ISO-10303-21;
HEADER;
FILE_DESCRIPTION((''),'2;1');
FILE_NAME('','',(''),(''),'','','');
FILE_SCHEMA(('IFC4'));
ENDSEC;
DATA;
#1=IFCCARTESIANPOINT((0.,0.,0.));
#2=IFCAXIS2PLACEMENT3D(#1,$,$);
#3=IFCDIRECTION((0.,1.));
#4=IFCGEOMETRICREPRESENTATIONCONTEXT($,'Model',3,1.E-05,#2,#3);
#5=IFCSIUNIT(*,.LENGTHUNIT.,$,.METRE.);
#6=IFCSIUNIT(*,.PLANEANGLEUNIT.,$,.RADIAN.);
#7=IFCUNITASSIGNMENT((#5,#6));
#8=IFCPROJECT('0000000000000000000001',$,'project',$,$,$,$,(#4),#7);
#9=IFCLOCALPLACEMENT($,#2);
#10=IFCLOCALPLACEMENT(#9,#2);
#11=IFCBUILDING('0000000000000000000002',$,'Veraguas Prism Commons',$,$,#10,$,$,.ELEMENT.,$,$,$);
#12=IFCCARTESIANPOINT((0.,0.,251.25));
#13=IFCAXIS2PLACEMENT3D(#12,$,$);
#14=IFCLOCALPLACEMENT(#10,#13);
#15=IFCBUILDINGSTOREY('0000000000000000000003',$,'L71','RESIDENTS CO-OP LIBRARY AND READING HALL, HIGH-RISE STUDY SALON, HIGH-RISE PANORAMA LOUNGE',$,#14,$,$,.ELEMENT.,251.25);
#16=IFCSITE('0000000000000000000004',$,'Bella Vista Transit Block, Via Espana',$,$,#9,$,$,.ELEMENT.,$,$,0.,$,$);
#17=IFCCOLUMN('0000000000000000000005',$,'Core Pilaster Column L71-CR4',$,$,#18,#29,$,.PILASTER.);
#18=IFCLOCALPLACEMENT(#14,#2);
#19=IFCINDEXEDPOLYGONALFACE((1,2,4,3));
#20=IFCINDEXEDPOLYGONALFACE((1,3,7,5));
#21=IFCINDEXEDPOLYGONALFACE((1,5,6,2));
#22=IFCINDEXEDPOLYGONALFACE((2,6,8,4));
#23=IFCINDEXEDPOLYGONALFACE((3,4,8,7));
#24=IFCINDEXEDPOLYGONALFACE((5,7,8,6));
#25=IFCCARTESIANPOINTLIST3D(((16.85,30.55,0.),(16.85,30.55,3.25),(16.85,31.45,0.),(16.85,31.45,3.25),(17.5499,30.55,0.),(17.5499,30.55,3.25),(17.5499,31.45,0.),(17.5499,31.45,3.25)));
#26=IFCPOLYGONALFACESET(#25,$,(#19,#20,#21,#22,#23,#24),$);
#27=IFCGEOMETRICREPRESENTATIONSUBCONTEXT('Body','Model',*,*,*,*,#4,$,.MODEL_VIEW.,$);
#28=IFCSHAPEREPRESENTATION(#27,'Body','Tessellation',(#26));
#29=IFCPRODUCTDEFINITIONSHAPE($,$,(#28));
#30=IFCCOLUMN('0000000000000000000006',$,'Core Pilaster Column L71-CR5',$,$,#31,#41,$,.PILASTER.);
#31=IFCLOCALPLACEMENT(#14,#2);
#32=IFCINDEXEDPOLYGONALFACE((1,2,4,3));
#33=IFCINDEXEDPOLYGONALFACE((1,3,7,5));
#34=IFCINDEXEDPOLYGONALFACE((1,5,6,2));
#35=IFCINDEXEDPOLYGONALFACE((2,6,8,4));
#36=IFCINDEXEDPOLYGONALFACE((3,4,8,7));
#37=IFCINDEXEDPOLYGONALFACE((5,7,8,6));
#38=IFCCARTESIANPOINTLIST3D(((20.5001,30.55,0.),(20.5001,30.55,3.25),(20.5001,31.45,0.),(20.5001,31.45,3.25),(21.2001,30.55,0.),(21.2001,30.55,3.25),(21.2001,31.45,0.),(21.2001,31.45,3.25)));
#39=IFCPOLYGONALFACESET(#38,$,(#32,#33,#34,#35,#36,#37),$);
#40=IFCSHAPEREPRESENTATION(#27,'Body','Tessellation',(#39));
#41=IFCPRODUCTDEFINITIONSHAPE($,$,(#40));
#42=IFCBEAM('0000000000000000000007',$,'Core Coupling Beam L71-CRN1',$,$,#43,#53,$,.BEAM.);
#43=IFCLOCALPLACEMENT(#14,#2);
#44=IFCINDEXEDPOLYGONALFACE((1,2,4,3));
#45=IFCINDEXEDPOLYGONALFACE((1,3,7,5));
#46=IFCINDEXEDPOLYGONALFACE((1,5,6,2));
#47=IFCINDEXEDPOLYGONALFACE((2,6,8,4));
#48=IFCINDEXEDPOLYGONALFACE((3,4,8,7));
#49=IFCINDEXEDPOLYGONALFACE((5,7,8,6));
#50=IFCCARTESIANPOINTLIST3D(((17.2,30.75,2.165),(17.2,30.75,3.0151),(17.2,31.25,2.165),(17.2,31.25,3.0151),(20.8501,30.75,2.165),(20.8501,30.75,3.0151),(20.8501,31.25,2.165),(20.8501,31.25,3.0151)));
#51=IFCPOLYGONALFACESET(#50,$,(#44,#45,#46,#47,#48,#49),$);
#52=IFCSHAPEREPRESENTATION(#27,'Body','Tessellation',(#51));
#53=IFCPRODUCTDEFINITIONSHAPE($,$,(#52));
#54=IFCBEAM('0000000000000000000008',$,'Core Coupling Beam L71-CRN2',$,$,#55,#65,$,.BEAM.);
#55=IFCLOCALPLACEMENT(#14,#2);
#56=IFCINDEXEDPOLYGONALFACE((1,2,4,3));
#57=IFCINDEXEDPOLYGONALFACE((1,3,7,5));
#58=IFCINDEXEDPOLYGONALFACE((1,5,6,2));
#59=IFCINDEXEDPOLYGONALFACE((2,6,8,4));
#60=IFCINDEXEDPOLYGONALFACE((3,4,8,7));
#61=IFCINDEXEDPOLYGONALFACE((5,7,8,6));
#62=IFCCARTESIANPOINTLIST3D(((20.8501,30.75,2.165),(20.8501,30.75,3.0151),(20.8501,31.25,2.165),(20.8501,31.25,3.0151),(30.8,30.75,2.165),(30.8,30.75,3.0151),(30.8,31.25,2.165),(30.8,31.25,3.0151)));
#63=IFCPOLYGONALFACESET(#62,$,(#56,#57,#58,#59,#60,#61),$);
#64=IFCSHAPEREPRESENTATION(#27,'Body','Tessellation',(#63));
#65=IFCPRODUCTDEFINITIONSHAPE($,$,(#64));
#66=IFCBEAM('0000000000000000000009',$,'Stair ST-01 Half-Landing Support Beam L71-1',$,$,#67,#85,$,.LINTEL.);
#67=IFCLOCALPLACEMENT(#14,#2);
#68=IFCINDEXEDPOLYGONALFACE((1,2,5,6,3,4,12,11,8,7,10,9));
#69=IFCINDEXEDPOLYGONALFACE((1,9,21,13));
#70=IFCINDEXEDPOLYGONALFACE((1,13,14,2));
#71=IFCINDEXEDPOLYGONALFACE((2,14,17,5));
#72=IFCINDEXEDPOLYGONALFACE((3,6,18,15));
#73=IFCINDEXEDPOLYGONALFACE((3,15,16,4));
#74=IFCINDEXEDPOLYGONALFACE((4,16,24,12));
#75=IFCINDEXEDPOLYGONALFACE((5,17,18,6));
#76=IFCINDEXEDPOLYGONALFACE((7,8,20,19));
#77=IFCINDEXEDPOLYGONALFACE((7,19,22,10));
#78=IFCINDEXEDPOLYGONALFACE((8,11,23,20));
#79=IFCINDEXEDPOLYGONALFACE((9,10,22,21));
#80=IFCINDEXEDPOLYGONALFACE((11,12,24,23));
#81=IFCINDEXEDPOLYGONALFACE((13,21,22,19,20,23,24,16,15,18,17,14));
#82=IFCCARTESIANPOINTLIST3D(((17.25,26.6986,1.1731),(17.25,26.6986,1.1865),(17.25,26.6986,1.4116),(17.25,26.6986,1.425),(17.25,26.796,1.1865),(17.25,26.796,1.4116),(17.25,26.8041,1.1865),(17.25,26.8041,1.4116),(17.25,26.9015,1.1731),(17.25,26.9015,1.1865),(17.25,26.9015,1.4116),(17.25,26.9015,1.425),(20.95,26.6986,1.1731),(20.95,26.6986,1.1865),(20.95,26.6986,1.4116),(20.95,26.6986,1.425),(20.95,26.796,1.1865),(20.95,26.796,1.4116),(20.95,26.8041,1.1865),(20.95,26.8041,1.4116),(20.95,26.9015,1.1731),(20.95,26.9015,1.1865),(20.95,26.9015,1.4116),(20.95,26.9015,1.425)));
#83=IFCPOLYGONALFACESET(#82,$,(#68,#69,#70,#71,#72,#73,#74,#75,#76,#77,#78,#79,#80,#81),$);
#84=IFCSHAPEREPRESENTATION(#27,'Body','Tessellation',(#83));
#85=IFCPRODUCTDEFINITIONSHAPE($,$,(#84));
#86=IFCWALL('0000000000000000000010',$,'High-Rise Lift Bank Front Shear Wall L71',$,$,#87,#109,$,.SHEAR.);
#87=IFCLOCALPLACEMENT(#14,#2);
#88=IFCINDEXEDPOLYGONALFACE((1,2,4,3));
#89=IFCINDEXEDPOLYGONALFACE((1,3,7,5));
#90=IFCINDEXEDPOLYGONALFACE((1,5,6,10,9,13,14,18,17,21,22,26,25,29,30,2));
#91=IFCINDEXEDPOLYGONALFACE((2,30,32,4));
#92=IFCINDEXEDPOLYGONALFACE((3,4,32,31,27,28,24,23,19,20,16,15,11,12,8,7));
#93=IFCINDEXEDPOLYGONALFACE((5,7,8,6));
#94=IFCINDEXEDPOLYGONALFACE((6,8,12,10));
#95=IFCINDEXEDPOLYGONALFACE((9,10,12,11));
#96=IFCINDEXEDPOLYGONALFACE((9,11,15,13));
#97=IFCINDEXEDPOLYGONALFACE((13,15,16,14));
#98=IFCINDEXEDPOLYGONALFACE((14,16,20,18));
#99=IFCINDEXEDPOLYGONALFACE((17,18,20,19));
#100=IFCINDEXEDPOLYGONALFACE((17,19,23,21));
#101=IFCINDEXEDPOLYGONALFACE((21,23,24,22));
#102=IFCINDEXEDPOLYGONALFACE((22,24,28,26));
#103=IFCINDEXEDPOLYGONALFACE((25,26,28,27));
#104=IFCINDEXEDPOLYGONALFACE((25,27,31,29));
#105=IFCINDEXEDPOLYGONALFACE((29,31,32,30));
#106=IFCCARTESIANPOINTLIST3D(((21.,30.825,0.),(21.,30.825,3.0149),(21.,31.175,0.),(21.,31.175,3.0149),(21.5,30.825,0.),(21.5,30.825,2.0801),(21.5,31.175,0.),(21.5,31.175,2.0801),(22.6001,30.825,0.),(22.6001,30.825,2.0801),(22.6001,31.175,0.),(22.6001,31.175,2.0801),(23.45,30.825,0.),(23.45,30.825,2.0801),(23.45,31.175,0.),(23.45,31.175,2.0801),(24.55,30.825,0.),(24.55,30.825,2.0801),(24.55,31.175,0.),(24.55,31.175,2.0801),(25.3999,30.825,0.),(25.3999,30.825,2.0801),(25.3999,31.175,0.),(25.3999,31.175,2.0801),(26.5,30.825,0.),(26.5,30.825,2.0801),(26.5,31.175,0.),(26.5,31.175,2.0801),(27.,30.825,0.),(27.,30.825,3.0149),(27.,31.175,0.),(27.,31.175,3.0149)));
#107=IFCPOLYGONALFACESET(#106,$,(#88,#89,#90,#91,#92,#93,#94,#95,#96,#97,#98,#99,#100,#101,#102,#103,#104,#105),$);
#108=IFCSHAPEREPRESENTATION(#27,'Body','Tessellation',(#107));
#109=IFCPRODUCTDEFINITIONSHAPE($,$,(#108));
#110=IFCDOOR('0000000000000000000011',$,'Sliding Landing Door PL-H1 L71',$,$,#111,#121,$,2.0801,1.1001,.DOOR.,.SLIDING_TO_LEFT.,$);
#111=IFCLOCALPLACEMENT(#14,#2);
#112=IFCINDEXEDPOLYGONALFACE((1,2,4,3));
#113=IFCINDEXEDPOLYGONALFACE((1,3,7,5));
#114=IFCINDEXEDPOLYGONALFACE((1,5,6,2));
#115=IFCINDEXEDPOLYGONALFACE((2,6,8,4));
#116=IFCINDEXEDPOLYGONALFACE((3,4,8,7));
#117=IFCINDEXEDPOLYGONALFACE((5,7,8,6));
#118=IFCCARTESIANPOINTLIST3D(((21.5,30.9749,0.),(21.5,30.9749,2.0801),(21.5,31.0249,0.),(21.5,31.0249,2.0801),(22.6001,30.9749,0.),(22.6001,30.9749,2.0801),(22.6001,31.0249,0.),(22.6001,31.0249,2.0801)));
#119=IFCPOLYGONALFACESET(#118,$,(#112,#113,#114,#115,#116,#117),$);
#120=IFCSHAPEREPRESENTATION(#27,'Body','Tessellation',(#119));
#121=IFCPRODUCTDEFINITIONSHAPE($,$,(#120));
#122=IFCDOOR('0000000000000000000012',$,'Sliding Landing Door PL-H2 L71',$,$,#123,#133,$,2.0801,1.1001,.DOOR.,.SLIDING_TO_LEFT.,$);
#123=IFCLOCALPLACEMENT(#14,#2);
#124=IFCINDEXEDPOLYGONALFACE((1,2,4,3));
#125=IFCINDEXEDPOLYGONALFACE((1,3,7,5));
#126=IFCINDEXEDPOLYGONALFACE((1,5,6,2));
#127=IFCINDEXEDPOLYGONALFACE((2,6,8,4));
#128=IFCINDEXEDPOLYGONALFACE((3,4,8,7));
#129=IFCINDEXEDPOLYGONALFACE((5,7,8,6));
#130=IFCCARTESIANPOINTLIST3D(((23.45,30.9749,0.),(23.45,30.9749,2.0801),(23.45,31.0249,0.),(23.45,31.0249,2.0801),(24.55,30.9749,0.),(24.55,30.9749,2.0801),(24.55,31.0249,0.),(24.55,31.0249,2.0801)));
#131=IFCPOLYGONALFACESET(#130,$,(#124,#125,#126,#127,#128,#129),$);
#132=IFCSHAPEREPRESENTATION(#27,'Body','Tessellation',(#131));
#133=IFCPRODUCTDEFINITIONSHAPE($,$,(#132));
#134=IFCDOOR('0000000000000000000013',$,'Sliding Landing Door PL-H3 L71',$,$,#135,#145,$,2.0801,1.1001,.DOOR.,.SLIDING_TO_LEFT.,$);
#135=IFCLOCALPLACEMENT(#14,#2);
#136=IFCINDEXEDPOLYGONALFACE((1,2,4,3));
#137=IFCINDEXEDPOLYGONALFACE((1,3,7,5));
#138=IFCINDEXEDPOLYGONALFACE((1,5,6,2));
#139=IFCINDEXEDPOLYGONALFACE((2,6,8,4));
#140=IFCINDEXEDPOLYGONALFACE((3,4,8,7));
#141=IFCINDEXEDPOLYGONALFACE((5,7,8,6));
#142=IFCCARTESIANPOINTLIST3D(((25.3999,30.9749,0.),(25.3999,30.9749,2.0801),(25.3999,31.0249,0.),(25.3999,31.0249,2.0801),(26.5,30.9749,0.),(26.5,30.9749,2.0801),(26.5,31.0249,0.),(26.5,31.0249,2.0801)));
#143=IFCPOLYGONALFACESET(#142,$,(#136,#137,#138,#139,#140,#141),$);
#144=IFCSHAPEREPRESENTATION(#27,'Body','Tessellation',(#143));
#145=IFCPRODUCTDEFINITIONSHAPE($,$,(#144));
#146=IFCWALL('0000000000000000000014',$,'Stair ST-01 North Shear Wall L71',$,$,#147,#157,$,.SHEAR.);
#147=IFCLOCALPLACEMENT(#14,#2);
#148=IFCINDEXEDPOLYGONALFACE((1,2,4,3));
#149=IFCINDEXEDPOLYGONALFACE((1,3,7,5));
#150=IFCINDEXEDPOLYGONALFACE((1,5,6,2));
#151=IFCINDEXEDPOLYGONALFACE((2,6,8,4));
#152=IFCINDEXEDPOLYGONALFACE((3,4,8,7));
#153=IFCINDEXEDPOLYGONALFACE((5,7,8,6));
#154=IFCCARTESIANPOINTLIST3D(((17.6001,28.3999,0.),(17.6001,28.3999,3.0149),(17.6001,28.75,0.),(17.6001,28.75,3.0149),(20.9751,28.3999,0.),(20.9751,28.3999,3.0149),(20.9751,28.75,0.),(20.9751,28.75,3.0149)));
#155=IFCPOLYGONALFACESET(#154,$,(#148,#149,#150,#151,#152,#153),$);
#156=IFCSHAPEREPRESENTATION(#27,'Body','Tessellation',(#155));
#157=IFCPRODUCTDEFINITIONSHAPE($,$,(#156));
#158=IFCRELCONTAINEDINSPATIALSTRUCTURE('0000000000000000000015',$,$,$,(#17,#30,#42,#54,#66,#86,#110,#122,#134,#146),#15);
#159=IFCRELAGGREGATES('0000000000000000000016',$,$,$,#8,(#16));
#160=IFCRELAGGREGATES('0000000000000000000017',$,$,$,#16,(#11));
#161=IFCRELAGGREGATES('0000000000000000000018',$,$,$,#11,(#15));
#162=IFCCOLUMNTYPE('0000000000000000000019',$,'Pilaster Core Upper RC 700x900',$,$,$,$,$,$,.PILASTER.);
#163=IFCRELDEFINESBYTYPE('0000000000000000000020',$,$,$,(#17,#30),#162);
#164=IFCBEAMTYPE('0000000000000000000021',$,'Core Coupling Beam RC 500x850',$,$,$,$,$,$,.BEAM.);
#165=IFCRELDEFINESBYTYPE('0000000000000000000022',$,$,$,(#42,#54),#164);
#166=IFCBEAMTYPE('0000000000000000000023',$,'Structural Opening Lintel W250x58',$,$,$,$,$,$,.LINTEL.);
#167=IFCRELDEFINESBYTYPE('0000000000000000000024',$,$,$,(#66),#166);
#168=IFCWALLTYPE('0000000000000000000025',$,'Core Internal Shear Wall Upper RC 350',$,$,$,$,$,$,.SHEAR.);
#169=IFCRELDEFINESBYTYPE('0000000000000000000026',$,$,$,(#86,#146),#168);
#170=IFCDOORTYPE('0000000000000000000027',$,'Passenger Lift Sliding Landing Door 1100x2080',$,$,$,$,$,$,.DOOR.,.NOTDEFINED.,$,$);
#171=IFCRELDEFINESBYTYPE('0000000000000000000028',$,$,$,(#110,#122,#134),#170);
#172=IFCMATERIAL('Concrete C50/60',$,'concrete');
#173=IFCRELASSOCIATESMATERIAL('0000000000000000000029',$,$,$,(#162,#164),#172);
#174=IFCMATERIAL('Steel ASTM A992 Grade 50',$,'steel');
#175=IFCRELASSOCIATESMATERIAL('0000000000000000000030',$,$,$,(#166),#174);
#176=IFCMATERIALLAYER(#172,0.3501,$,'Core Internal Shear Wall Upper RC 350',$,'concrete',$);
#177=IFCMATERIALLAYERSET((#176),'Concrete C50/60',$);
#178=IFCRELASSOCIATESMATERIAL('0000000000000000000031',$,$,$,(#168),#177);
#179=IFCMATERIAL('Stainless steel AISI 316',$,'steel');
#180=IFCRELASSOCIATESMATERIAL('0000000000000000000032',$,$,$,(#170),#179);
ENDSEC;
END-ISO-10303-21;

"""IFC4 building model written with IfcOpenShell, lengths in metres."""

from ifc_helpers import new_model, si_unit, direction, frame, frame_2d, origin, origin_2d, place, context, subcontext, project, spatial, rectangle, i_section, extrude, source, transform, mapped, material, layer, layer_set, material_profile, profile_set, type_object, element, fill, save


model = new_model("IFC4")

# Units and contexts
model_context = context("Model", 3, precision=1e-05, world=origin(), true_north=direction((0.0, 1.0)))
body_context = subcontext(model_context, "Body", "Model", "MODEL_VIEW")
ifc_project = project(units=[si_unit("LENGTHUNIT", "METRE"), si_unit("PLANEANGLEUNIT", "RADIAN")], contexts=[model_context])

# Site, building, storey
site_placement = place(None, origin())
site = spatial("IfcSite", under=ifc_project, at=site_placement, Name="Bella Vista Transit Block, Via Espana", CompositionType="ELEMENT", RefElevation=0.0)
building_placement = place(site_placement, origin())
building = spatial("IfcBuilding", under=site, at=building_placement, Name="Veraguas Prism Commons", CompositionType="ELEMENT")
storey_placement = place(building_placement, frame((0.0, 0.0, 251.25)))
storey = spatial("IfcBuildingStorey", under=building, at=storey_placement, Name="L71", Description="RESIDENTS CO-OP LIBRARY AND READING HALL, HIGH-RISE STUDY SALON, HIGH-RISE PANORAMA LOUNGE", CompositionType="ELEMENT", Elevation=251.25)

# Columns
ifc_material_1 = material(Name="Concrete C50/60", Category="concrete")
ifc_material_profile_1 = material_profile(ifc_material_1, rectangle(XDim=0.7, YDim=0.8999, at=origin_2d()), Name="RC700X900")
ifc_profile_set_1 = profile_set([ifc_material_profile_1], Name="Concrete C50/60")
column_type = type_object("IfcColumnType", Name="Pilaster Core Upper RC 700x900", PredefinedType="PILASTER", material=ifc_profile_set_1)
for number, where, z_axis, x_axis, name in (
    (1, (17.2, 31.0, 0.0), (0.0, 0.0, 1.0), (1.0, 0.0, 0.0), "Core Pilaster Column L71-CR4"),
    (2, (20.8501, 31.0, 0.0), (0.0, 0.0, 1.0), (1.0, 0.0, 0.0), "Core Pilaster Column L71-CR5"),
):
    element("IfcColumn", number, at=place(storey_placement, frame(where, z_axis=z_axis, x_axis=x_axis)), inside=storey, type_object=column_type, Name=name, PredefinedType="PILASTER", context=body_context, shape_type="SweptSolid", body=[
        extrude(rectangle(XDim=0.7, YDim=0.8999, at=origin_2d()), origin(), (0.0, 0.0, 1.0), 3.25),
    ])

# Beams
ifc_material_profile_2 = material_profile(ifc_material_1, rectangle(XDim=0.5, YDim=0.8501, at=origin_2d()), Name="RC500X850")
ifc_profile_set_2 = profile_set([ifc_material_profile_2], Name="Concrete C50/60")
beam_type_1 = type_object("IfcBeamType", Name="Core Coupling Beam RC 500x850", PredefinedType="BEAM", material=ifc_profile_set_2)
beam_1_placement = place(storey_placement, frame((17.2, 31.0, 2.5901), z_axis=(1.0, 0.0, 0.0), x_axis=(0.0, 1.0, 0.0)))
element("IfcBeam", 3, at=beam_1_placement, inside=storey, type_object=beam_type_1, Name="Core Coupling Beam L71-CRN1", PredefinedType="BEAM", context=body_context, shape_type="SweptSolid", body=[
    extrude(rectangle(XDim=0.5, YDim=0.8501, at=origin_2d()), origin(), (0.0, 0.0, 1.0), 3.6501),
])
beam_2_placement = place(storey_placement, frame((20.8501, 31.0, 2.5901), z_axis=(1.0, 0.0, 0.0), x_axis=(0.0, 1.0, 0.0)))
element("IfcBeam", 4, at=beam_2_placement, inside=storey, type_object=beam_type_1, Name="Core Coupling Beam L71-CRN2", PredefinedType="BEAM", context=body_context, shape_type="SweptSolid", body=[
    extrude(rectangle(XDim=0.5, YDim=0.8501, at=origin_2d()), origin(), (0.0, 0.0, 1.0), 9.95),
])
ifc_material_2 = material(Name="Steel ASTM A992 Grade 50", Category="steel")
ifc_material_profile_3 = material_profile(ifc_material_2, i_section(OverallWidth=0.2029, OverallDepth=0.252, WebThickness=0.0081, FlangeThickness=0.0134, at=origin_2d()), Name="W250X58")
ifc_profile_set_3 = profile_set([ifc_material_profile_3], Name="Steel ASTM A992 Grade 50")
beam_type_2 = type_object("IfcBeamType", Name="Structural Opening Lintel W250x58", PredefinedType="LINTEL", material=ifc_profile_set_3)
beam_3_placement = place(storey_placement, frame((17.25, 26.8, 1.2991), z_axis=(1.0, 0.0, 0.0), x_axis=(0.0, 1.0, 0.0)))
element("IfcBeam", 5, at=beam_3_placement, inside=storey, type_object=beam_type_2, Name="Stair ST-01 Half-Landing Support Beam L71-1", PredefinedType="LINTEL", context=body_context, shape_type="SweptSolid", body=[
    extrude(i_section(OverallWidth=0.2029, OverallDepth=0.252, WebThickness=0.0081, FlangeThickness=0.0134, at=origin_2d()), origin(), (0.0, 0.0, 1.0), 3.7),
])

# Wall, openings, doors
ifc_layer_1 = layer(ifc_material_1, 0.3501, Name="Core Internal Shear Wall Upper RC 350", Category="concrete")
ifc_layer_set_1 = layer_set([ifc_layer_1], Name="Concrete C50/60")
wall_type_1 = type_object("IfcWallType", Name="Core Internal Shear Wall Upper RC 350", PredefinedType="SHEAR", material=ifc_layer_set_1)
wall_1_placement = place(storey_placement, frame((21.0, 31.0, 0.0), z_axis=(0.0, 0.0, 1.0), x_axis=(1.0, 0.0, 0.0)))
wall_1 = element("IfcWall", 6, at=wall_1_placement, inside=storey, type_object=wall_type_1, Name="High-Rise Lift Bank Front Shear Wall L71", PredefinedType="SHEAR", context=body_context, shape_type="SweptSolid", body=[
    extrude(rectangle(XDim=6.0, YDim=0.3501, at=frame_2d((3.0, 0.0))), origin(), (0.0, 0.0, 1.0), 3.0149),
])
opening_1_placement = place(wall_1_placement, frame((0.5, 0.0, 0.0)))
opening_1 = element("IfcOpeningElement", 7, at=opening_1_placement, cuts=wall_1, PredefinedType="OPENING", context=body_context, shape_type="SweptSolid", body=[
    extrude(rectangle(XDim=1.1001, YDim=2.0801, at=frame_2d((0.55, 1.04))), frame((0.0, 0.1851, 0.0), z_axis=(0.0, -1.0, 0.0), x_axis=(1.0, 0.0, 0.0)), (0.0, 0.0, 1.0), 0.3701),
])
opening_2_placement = place(wall_1_placement, frame((2.45, 0.0, 0.0)))
opening_2 = element("IfcOpeningElement", 8, at=opening_2_placement, cuts=wall_1, PredefinedType="OPENING", context=body_context, shape_type="SweptSolid", body=[
    extrude(rectangle(XDim=1.1001, YDim=2.0801, at=frame_2d((0.55, 1.04))), frame((0.0, 0.1851, 0.0), z_axis=(0.0, -1.0, 0.0), x_axis=(1.0, 0.0, 0.0)), (0.0, 0.0, 1.0), 0.3701),
])
opening_3_placement = place(wall_1_placement, frame((4.3999, 0.0, 0.0)))
opening_3 = element("IfcOpeningElement", 9, at=opening_3_placement, cuts=wall_1, PredefinedType="OPENING", context=body_context, shape_type="SweptSolid", body=[
    extrude(rectangle(XDim=1.1001, YDim=2.0801, at=frame_2d((0.55, 1.04))), frame((0.0, 0.1851, 0.0), z_axis=(0.0, -1.0, 0.0), x_axis=(1.0, 0.0, 0.0)), (0.0, 0.0, 1.0), 0.3701),
])
ifc_material_3 = material(Name="Stainless steel AISI 316", Category="steel")
door_type_1 = type_object("IfcDoorType", Name="Passenger Lift Sliding Landing Door 1100x2080", OperationType="NOTDEFINED", PredefinedType="DOOR", material=ifc_material_3)
shared_shape_1 = source(origin(), body_context, "Body", "SweptSolid", [
    extrude(rectangle(XDim=1.1001, YDim=2.0801, at=frame_2d((0.55, 1.04))), frame((0.0, 0.0249, 0.0), z_axis=(0.0, -1.0, 0.0), x_axis=(1.0, 0.0, 0.0)), (0.0, 0.0, 1.0), 0.05),
])
door_1_placement = place(opening_1_placement, origin())
door_1 = element("IfcDoor", 10, at=door_1_placement, inside=storey, type_object=door_type_1, Name="Sliding Landing Door PL-H1 L71", OperationType="SLIDING_TO_LEFT", OverallHeight=2.0801, OverallWidth=1.1001, PredefinedType="DOOR", context=body_context, shape_type="MappedRepresentation", body=[
    mapped(shared_shape_1, transform((0.0, 0.0, 0.0), scale=1.0)),
])
fill(opening_1, door_1)
door_2_placement = place(opening_2_placement, origin())
door_2 = element("IfcDoor", 11, at=door_2_placement, inside=storey, type_object=door_type_1, Name="Sliding Landing Door PL-H2 L71", OperationType="SLIDING_TO_LEFT", OverallHeight=2.0801, OverallWidth=1.1001, PredefinedType="DOOR", context=body_context, shape_type="MappedRepresentation", body=[
    mapped(shared_shape_1, transform((0.0, 0.0, 0.0), scale=1.0)),
])
fill(opening_2, door_2)
door_3_placement = place(opening_3_placement, origin())
door_3 = element("IfcDoor", 12, at=door_3_placement, inside=storey, type_object=door_type_1, Name="Sliding Landing Door PL-H3 L71", OperationType="SLIDING_TO_LEFT", OverallHeight=2.0801, OverallWidth=1.1001, PredefinedType="DOOR", context=body_context, shape_type="MappedRepresentation", body=[
    mapped(shared_shape_1, transform((0.0, 0.0, 0.0), scale=1.0)),
])
fill(opening_3, door_3)

# Wall
wall_2_placement = place(storey_placement, frame((17.6001, 28.575, 0.0), z_axis=(0.0, 0.0, 1.0), x_axis=(1.0, 0.0, 0.0)))
element("IfcWall", 13, at=wall_2_placement, inside=storey, type_object=wall_type_1, Name="Stair ST-01 North Shear Wall L71", PredefinedType="SHEAR", context=body_context, shape_type="SweptSolid", body=[
    extrude(rectangle(XDim=3.375, YDim=0.3501, at=frame_2d((1.6875, 0.0))), origin(), (0.0, 0.0, 1.0), 3.0149),
])

save(model, "model.ifc")
